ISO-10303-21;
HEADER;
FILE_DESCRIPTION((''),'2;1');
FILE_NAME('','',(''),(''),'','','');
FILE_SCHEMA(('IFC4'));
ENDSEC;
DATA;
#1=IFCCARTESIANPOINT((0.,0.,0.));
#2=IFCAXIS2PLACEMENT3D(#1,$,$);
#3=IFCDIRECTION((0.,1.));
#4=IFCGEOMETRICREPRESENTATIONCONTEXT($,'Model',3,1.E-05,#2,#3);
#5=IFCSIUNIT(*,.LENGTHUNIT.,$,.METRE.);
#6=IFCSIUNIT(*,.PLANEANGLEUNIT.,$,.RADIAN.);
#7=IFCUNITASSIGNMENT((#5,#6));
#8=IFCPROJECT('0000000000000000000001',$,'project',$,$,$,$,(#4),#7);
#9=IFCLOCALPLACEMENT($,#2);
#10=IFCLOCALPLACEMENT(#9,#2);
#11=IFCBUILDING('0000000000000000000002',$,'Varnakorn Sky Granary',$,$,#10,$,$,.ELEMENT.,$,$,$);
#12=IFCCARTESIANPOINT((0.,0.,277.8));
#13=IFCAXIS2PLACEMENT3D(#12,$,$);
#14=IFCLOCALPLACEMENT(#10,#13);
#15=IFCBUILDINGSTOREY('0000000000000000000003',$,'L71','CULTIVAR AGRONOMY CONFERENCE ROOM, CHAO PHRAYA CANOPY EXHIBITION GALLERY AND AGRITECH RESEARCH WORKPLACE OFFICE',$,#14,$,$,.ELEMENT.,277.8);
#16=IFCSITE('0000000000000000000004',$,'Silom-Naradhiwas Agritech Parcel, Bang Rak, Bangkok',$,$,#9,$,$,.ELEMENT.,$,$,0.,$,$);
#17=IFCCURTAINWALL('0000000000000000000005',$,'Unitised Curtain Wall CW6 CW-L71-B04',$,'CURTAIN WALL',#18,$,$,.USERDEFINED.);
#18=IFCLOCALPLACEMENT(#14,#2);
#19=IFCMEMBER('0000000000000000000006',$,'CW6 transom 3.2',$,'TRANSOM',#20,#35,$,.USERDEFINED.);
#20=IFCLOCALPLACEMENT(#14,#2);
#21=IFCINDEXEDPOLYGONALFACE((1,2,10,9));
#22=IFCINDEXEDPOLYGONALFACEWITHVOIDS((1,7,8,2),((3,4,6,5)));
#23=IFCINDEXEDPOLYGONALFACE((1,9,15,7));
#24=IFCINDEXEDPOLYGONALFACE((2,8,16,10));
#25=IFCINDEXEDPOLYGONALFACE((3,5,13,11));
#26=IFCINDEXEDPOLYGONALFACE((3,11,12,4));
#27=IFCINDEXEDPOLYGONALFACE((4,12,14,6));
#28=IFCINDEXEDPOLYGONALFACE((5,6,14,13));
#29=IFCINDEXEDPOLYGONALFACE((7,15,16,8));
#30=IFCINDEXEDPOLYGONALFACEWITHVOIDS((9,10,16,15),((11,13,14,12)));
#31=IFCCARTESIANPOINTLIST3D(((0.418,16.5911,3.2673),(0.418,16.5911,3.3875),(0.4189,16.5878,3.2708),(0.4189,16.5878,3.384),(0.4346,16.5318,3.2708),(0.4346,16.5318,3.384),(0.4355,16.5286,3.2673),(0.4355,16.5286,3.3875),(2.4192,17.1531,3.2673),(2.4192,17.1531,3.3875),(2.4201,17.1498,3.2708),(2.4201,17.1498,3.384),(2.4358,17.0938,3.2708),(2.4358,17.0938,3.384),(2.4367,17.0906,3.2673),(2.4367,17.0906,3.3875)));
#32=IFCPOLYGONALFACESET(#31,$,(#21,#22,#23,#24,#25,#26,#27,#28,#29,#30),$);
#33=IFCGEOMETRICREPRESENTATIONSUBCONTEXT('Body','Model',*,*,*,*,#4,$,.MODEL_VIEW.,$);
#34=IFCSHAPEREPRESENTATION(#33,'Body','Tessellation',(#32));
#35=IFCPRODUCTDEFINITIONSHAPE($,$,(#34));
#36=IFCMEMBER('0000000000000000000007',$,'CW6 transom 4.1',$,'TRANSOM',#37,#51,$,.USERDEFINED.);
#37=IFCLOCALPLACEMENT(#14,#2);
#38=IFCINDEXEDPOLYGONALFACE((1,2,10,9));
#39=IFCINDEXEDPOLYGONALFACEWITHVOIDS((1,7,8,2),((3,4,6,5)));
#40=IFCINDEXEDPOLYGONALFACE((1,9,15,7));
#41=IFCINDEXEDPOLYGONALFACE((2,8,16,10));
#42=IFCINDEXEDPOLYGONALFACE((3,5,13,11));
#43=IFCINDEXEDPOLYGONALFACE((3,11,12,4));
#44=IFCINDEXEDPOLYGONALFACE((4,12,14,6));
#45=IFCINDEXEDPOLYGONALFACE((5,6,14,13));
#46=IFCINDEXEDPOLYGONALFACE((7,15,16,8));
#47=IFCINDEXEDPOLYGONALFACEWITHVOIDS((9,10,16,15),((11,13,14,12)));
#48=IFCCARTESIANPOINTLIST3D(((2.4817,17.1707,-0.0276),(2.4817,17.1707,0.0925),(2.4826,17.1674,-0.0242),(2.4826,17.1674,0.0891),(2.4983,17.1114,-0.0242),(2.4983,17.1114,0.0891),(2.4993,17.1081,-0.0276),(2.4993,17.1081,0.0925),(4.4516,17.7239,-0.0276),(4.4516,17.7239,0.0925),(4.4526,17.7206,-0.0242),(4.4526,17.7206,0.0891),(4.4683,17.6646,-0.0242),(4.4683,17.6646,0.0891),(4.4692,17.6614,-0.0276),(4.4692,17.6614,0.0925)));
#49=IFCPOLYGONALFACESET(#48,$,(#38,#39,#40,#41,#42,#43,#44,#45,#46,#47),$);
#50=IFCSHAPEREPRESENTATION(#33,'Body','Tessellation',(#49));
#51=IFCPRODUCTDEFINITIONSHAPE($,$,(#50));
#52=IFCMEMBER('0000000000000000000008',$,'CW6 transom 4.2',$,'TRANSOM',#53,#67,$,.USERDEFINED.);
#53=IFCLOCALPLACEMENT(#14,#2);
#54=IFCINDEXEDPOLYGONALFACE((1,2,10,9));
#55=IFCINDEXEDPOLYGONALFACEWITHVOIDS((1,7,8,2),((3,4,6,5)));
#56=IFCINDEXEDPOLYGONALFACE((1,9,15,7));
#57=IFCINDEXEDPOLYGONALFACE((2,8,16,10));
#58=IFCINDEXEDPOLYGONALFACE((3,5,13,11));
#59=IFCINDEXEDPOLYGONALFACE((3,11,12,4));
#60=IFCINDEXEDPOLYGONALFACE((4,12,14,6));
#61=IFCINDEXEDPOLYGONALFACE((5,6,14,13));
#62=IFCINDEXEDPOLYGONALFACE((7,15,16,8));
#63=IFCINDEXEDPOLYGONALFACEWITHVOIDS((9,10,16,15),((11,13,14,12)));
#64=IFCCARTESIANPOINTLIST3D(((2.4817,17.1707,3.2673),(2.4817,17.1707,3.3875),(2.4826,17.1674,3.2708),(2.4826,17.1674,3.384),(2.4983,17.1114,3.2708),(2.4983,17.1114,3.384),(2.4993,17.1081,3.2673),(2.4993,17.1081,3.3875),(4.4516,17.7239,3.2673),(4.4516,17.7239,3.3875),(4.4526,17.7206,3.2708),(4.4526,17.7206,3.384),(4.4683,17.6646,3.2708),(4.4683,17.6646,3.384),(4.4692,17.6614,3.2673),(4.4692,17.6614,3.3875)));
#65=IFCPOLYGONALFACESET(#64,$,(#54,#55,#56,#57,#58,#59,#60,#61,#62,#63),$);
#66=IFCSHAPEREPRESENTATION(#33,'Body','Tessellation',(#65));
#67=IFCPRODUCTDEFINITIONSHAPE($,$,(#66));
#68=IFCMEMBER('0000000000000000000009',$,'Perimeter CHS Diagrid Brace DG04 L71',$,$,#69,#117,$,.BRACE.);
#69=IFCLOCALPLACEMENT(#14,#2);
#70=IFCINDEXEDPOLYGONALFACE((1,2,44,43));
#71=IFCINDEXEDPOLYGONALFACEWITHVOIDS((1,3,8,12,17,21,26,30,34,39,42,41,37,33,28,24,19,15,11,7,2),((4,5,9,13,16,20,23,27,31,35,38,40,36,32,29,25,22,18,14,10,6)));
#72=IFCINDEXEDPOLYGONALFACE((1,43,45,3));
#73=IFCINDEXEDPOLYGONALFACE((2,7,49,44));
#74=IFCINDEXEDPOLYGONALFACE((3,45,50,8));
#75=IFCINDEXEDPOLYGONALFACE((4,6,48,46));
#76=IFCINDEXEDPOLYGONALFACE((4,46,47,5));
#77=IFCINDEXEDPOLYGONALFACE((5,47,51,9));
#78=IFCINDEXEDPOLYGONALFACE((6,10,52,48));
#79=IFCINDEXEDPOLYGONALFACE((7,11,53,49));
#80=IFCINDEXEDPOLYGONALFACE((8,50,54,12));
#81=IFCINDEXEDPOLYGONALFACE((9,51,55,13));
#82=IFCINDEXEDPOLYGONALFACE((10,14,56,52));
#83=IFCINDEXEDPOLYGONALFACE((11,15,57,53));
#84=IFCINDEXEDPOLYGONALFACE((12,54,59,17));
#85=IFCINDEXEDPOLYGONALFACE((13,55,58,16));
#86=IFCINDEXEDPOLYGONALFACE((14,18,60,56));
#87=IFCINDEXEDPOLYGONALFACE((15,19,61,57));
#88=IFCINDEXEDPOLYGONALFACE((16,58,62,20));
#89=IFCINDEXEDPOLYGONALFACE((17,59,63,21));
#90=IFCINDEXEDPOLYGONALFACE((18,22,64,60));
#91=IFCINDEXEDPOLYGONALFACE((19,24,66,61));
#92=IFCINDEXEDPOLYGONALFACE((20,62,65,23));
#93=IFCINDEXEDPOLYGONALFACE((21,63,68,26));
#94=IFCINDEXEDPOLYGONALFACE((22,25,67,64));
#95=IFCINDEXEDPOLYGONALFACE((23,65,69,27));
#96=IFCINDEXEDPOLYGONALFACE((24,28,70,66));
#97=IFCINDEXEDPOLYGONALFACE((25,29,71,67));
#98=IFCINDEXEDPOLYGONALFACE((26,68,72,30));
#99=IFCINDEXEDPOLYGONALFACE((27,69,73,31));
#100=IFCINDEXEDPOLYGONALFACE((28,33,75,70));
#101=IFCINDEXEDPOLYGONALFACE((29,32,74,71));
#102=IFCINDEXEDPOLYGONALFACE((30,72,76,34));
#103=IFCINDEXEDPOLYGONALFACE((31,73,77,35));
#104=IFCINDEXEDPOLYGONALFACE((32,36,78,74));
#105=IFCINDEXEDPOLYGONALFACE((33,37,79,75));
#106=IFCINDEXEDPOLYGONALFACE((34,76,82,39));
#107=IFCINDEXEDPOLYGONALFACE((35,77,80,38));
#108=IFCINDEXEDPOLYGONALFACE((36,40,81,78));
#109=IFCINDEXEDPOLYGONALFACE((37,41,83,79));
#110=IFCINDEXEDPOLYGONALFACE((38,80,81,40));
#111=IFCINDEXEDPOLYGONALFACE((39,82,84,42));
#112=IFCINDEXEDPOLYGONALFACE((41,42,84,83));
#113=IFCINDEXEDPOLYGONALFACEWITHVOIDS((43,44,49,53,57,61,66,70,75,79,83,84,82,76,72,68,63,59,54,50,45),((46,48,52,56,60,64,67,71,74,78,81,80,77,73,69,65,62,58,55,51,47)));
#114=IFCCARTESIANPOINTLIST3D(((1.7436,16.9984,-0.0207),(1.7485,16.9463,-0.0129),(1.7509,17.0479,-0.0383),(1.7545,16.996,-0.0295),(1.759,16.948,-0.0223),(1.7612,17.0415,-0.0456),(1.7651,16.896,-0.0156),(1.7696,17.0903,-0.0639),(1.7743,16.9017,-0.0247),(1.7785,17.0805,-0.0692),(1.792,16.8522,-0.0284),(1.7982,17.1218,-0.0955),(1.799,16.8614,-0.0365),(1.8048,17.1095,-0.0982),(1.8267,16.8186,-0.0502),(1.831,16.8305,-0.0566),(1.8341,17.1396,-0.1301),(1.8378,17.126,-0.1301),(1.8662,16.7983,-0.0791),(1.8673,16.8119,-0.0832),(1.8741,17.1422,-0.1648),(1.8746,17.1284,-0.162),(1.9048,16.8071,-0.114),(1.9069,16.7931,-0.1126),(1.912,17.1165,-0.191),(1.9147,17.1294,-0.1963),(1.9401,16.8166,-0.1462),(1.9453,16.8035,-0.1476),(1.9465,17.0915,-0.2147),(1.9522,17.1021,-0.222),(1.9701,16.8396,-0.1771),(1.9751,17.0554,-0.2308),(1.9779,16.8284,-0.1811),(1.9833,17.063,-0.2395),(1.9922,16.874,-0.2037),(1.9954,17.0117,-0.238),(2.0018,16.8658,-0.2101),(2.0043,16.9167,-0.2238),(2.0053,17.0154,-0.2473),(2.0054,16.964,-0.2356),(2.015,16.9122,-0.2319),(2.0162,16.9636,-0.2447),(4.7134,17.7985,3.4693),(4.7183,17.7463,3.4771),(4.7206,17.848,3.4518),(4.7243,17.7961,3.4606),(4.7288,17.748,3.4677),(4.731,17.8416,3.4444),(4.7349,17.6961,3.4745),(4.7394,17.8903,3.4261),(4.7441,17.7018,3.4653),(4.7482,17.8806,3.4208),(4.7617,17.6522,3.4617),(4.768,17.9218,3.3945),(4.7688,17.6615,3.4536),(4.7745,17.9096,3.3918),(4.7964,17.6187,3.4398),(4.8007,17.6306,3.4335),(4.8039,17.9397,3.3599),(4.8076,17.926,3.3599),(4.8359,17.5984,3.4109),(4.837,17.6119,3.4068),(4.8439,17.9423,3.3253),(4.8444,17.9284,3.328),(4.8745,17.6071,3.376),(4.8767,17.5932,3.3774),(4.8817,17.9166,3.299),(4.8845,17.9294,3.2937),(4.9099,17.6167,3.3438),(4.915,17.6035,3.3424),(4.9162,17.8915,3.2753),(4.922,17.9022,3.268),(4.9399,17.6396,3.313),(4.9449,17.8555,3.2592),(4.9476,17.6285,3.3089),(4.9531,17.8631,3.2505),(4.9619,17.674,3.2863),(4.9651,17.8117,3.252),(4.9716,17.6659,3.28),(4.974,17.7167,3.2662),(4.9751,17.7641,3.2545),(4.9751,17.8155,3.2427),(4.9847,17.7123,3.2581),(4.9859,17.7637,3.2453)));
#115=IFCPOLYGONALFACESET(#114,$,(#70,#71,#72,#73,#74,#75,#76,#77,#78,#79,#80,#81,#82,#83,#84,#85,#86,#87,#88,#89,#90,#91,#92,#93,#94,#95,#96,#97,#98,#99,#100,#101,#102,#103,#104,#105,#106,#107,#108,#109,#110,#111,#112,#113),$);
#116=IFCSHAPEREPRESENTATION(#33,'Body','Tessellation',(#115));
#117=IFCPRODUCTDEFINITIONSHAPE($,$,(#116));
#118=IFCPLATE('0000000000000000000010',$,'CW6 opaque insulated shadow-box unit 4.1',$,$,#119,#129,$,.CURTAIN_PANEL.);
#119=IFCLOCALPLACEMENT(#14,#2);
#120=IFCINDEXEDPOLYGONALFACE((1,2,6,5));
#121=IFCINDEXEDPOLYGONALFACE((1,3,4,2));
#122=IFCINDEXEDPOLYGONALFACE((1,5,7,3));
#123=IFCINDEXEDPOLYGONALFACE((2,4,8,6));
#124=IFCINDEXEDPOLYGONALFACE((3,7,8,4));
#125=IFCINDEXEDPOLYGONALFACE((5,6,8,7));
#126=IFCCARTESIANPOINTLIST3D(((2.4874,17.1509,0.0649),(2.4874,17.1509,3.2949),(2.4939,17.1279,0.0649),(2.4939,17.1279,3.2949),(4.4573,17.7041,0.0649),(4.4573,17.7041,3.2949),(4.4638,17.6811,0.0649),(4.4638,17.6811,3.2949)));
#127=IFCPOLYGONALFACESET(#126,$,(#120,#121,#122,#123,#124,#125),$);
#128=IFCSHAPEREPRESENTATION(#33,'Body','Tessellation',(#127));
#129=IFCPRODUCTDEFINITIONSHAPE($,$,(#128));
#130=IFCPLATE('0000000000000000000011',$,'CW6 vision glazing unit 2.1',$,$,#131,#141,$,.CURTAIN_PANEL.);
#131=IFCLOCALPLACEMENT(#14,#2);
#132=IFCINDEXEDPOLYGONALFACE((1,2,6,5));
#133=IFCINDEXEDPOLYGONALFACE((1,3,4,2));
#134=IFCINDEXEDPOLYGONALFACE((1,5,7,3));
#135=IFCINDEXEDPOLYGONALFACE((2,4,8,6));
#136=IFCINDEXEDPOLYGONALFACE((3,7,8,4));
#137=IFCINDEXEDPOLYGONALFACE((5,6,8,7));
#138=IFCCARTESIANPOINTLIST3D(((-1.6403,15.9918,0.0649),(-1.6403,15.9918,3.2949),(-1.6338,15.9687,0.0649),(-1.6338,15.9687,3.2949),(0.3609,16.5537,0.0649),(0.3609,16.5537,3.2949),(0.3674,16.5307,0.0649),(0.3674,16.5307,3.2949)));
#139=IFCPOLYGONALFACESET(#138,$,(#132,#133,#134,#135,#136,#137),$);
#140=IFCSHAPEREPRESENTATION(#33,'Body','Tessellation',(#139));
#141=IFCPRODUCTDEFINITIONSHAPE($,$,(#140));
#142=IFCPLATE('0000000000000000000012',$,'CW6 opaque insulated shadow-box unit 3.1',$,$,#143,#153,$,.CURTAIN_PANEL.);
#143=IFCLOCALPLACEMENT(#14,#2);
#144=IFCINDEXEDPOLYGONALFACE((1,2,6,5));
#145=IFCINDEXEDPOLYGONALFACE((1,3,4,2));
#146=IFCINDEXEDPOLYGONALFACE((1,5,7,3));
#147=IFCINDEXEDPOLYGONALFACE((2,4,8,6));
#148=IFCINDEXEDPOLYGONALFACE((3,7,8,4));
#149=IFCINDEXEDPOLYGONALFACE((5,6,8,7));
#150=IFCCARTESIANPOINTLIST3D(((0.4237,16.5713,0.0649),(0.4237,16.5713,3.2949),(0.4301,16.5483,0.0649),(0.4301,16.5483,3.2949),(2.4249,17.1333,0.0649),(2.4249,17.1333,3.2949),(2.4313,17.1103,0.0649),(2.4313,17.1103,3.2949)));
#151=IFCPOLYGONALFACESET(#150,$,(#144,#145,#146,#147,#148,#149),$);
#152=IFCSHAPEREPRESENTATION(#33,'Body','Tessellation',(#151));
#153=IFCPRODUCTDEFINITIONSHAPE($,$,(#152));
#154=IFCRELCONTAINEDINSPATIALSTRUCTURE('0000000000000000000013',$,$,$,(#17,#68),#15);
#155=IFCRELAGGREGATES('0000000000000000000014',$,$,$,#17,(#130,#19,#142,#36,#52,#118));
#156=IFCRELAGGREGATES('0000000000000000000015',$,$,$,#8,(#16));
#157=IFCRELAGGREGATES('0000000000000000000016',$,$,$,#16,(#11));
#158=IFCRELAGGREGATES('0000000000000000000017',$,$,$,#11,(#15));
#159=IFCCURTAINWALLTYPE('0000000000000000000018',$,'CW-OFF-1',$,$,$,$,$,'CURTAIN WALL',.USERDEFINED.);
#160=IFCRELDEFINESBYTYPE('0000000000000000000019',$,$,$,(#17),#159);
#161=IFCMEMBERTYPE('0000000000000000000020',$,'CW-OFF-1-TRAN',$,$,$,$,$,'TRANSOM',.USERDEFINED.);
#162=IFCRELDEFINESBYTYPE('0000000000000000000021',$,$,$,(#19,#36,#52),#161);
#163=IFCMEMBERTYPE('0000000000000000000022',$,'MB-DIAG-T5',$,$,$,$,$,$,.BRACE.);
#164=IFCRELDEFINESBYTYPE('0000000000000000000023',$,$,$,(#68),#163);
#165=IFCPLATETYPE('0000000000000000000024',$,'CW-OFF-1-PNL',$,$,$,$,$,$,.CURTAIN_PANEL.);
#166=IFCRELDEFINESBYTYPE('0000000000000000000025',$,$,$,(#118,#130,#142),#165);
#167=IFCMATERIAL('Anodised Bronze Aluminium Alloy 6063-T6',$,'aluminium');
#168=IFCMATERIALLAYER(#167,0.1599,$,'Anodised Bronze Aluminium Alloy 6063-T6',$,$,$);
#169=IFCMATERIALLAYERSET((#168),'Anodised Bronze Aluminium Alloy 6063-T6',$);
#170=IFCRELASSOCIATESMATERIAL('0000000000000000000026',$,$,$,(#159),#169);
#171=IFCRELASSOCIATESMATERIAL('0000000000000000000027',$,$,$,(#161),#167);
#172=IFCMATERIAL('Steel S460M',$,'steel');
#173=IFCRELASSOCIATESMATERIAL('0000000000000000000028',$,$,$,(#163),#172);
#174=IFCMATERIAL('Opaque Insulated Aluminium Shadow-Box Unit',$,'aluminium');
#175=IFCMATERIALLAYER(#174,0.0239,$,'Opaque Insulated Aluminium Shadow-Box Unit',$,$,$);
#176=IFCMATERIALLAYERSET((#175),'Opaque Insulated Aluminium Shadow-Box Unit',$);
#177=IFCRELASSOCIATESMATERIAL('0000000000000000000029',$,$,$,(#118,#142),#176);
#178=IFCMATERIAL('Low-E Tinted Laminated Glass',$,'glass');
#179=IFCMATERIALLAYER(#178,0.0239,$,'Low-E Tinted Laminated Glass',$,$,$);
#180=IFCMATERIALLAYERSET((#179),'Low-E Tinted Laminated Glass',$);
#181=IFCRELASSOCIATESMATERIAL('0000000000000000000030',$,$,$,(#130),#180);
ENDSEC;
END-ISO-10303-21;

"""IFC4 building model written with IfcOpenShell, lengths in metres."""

from ifc_helpers import new_model, si_unit, direction, frame, origin, origin_2d, place, context, subcontext, project, spatial, rectangle, hollow_rectangle, hollow_circle, extrude, source, transform, mapped, material, layer, layer_set, material_profile, profile_set, type_object, type_shapes, element, aggregate, save


model = new_model("IFC4")

# Units and contexts
model_context = context("Model", 3, precision=1e-05, world=origin(), true_north=direction((0.0, 1.0)))
body_context = subcontext(model_context, "Body", "Model", "MODEL_VIEW")
ifc_project = project(units=[si_unit("LENGTHUNIT", "METRE"), si_unit("PLANEANGLEUNIT", "RADIAN")], contexts=[model_context])

# Site, building, storey
site_placement = place(None, origin())
site = spatial("IfcSite", under=ifc_project, at=site_placement, Name="Silom-Naradhiwas Agritech Parcel, Bang Rak, Bangkok", CompositionType="ELEMENT", RefElevation=0.0)
building_placement = place(site_placement, origin())
building = spatial("IfcBuilding", under=site, at=building_placement, Name="Varnakorn Sky Granary", CompositionType="ELEMENT")
storey_placement = place(building_placement, frame((0.0, 0.0, 277.8)))
storey = spatial("IfcBuildingStorey", under=building, at=storey_placement, Name="L71", Description="CULTIVAR AGRONOMY CONFERENCE ROOM, CHAO PHRAYA CANOPY EXHIBITION GALLERY AND AGRITECH RESEARCH WORKPLACE OFFICE", CompositionType="ELEMENT", Elevation=277.8)

# Curtain wall, members
ifc_material_1 = material(Name="Anodised Bronze Aluminium Alloy 6063-T6", Category="aluminium")
ifc_layer_1 = layer(ifc_material_1, 0.1599, Name="Anodised Bronze Aluminium Alloy 6063-T6")
ifc_layer_set_1 = layer_set([ifc_layer_1], Name="Anodised Bronze Aluminium Alloy 6063-T6")
curtain_wall_type = type_object("IfcCurtainWallType", Name="CW-OFF-1", ElementType="CURTAIN WALL", PredefinedType="USERDEFINED", material=ifc_layer_set_1)
curtain_wall_placement = place(storey_placement, origin())
curtain_wall = element("IfcCurtainWall", 1, at=curtain_wall_placement, inside=storey, type_object=curtain_wall_type, Name="Unitised Curtain Wall CW6 CW-L71-B04", ObjectType="CURTAIN WALL", PredefinedType="USERDEFINED")
ifc_material_profile_1 = material_profile(ifc_material_1, hollow_rectangle(XDim=0.0649, YDim=0.1201, WallThickness=0.0034, at=origin_2d()), Name="ALU TRAN 65x120")
ifc_profile_set_1 = profile_set([ifc_material_profile_1], Name="Anodised Bronze Aluminium Alloy 6063-T6")
member_type_1 = type_object("IfcMemberType", Name="CW-OFF-1-TRAN", ElementType="TRANSOM", PredefinedType="USERDEFINED", material=ifc_profile_set_1)
member_1_placement = place(storey_placement, frame((0.4268, 16.5598, 3.3274), z_axis=(0.962755, 0.270375, 0.0), x_axis=(-0.270375, 0.962755, 0.0)))
member_1 = element("IfcMember", 2, at=member_1_placement, type_object=member_type_1, Name="CW6 transom 3.2", ObjectType="TRANSOM", PredefinedType="USERDEFINED", context=body_context, shape_type="SweptSolid", body=[
    extrude(hollow_rectangle(XDim=0.0649, YDim=0.1201, WallThickness=0.0034, at=origin_2d()), origin(), (0.0, 0.0, 1.0), 2.0786),
])
member_2_placement = place(storey_placement, frame((2.4905, 17.1394, 0.0325), z_axis=(0.962757, 0.270369, 0.0), x_axis=(-0.270369, 0.962757, 0.0)))
member_2 = element("IfcMember", 3, at=member_2_placement, type_object=member_type_1, Name="CW6 transom 4.1", ObjectType="TRANSOM", PredefinedType="USERDEFINED", context=body_context, shape_type="SweptSolid", body=[
    extrude(hollow_rectangle(XDim=0.0649, YDim=0.1201, WallThickness=0.0034, at=origin_2d()), origin(), (0.0, 0.0, 1.0), 2.0461),
])
member_3_placement = place(storey_placement, frame((2.4905, 17.1394, 3.3274), z_axis=(0.962757, 0.270369, 0.0), x_axis=(-0.270369, 0.962757, 0.0)))
member_3 = element("IfcMember", 4, at=member_3_placement, type_object=member_type_1, Name="CW6 transom 4.2", ObjectType="TRANSOM", PredefinedType="USERDEFINED", context=body_context, shape_type="SweptSolid", body=[
    extrude(hollow_rectangle(XDim=0.0649, YDim=0.1201, WallThickness=0.0034, at=origin_2d()), origin(), (0.0, 0.0, 1.0), 2.0461),
])

# Member
ifc_material_2 = material(Name="Steel S460M", Category="steel")
ifc_material_profile_2 = material_profile(ifc_material_2, hollow_circle(Radius=0.1777, WallThickness=0.0142, at=origin_2d()), Name="CHS 355.6x14")
ifc_profile_set_2 = profile_set([ifc_material_profile_2], Name="Steel S460M")
member_type_2 = type_object("IfcMemberType", Name="MB-DIAG-T5", PredefinedType="BRACE", material=ifc_profile_set_2)
member_4_placement = place(storey_placement, frame((1.8804, 16.968, -0.1301), z_axis=(0.638402, 0.171986, 0.750243), x_axis=(-0.260127, 0.965574, 0.0)))
element("IfcMember", 5, at=member_4_placement, inside=storey, type_object=member_type_2, Name="Perimeter CHS Diagrid Brace DG04 L71", PredefinedType="BRACE", context=body_context, shape_type="SweptSolid", body=[
    extrude(hollow_circle(Radius=0.1777, WallThickness=0.0142, at=origin_2d()), origin(), (0.0, 0.0, 1.0), 4.6519),
])

# Plates
ifc_material_3 = material(Name="Opaque Insulated Aluminium Shadow-Box Unit", Category="aluminium")
ifc_layer_2 = layer(ifc_material_3, 0.0239, Name="Opaque Insulated Aluminium Shadow-Box Unit")
ifc_layer_set_2 = layer_set([ifc_layer_2], Name="Opaque Insulated Aluminium Shadow-Box Unit")
plate_type = type_object("IfcPlateType", Name="CW-OFF-1-PNL", PredefinedType="CURTAIN_PANEL")
shared_shape_1 = source(origin(), body_context, "Body", "SweptSolid", [
    extrude(rectangle(XDim=2.0461, YDim=0.0239, at=origin_2d()), origin(), (0.0, 0.0, 1.0), 3.23),
])
plate_1_placement = place(storey_placement, frame((3.4756, 17.416, 0.0649), z_axis=(0.0, 0.0, 1.0), x_axis=(0.962756, 0.27037, 0.0)))
plate_1 = element("IfcPlate", 6, at=plate_1_placement, type_object=plate_type, material=ifc_layer_set_2, Name="CW6 opaque insulated shadow-box unit 4.1", PredefinedType="CURTAIN_PANEL", context=body_context, shape_type="MappedRepresentation", body=[
    mapped(shared_shape_1, transform((0.0, 0.0, 0.0), x_axis=(1.0, 0.0, 0.0), y_axis=(0.0, 1.0, 0.0), z_axis=(0.0, 0.0, 1.0), scale=1.0)),
])
ifc_material_4 = material(Name="Low-E Tinted Laminated Glass", Category="glass")
ifc_layer_3 = layer(ifc_material_4, 0.0239, Name="Low-E Tinted Laminated Glass")
ifc_layer_set_3 = layer_set([ifc_layer_3], Name="Low-E Tinted Laminated Glass")
shared_shape_2 = source(origin(), body_context, "Body", "SweptSolid", [
    extrude(rectangle(XDim=2.0786, YDim=0.0239, at=origin_2d()), origin(), (0.0, 0.0, 1.0), 3.23),
])
type_shapes(plate_type, [shared_shape_1, shared_shape_2])
plate_2_placement = place(storey_placement, frame((-0.6365, 16.2612, 0.0649), z_axis=(0.0, 0.0, 1.0), x_axis=(0.962756, 0.27037, 0.0)))
plate_2 = element("IfcPlate", 7, at=plate_2_placement, type_object=plate_type, material=ifc_layer_set_3, Name="CW6 vision glazing unit 2.1", PredefinedType="CURTAIN_PANEL", context=body_context, shape_type="MappedRepresentation", body=[
    mapped(shared_shape_2, transform((0.0, 0.0, 0.0), x_axis=(1.0, 0.0, 0.0), y_axis=(0.0, 1.0, 0.0), z_axis=(0.0, 0.0, 1.0), scale=1.0)),
])
plate_3_placement = place(storey_placement, frame((1.4275, 16.8408, 0.0649), z_axis=(0.0, 0.0, 1.0), x_axis=(0.962756, 0.27037, 0.0)))
plate_3 = element("IfcPlate", 8, at=plate_3_placement, type_object=plate_type, material=ifc_layer_set_2, Name="CW6 opaque insulated shadow-box unit 3.1", PredefinedType="CURTAIN_PANEL", context=body_context, shape_type="MappedRepresentation", body=[
    mapped(shared_shape_2, transform((0.0, 0.0, 0.0), x_axis=(1.0, 0.0, 0.0), y_axis=(0.0, 1.0, 0.0), z_axis=(0.0, 0.0, 1.0), scale=1.0)),
])
aggregate(curtain_wall, [plate_2, member_1, plate_3, member_2, member_3, plate_1])

save(model, "model.ifc")
